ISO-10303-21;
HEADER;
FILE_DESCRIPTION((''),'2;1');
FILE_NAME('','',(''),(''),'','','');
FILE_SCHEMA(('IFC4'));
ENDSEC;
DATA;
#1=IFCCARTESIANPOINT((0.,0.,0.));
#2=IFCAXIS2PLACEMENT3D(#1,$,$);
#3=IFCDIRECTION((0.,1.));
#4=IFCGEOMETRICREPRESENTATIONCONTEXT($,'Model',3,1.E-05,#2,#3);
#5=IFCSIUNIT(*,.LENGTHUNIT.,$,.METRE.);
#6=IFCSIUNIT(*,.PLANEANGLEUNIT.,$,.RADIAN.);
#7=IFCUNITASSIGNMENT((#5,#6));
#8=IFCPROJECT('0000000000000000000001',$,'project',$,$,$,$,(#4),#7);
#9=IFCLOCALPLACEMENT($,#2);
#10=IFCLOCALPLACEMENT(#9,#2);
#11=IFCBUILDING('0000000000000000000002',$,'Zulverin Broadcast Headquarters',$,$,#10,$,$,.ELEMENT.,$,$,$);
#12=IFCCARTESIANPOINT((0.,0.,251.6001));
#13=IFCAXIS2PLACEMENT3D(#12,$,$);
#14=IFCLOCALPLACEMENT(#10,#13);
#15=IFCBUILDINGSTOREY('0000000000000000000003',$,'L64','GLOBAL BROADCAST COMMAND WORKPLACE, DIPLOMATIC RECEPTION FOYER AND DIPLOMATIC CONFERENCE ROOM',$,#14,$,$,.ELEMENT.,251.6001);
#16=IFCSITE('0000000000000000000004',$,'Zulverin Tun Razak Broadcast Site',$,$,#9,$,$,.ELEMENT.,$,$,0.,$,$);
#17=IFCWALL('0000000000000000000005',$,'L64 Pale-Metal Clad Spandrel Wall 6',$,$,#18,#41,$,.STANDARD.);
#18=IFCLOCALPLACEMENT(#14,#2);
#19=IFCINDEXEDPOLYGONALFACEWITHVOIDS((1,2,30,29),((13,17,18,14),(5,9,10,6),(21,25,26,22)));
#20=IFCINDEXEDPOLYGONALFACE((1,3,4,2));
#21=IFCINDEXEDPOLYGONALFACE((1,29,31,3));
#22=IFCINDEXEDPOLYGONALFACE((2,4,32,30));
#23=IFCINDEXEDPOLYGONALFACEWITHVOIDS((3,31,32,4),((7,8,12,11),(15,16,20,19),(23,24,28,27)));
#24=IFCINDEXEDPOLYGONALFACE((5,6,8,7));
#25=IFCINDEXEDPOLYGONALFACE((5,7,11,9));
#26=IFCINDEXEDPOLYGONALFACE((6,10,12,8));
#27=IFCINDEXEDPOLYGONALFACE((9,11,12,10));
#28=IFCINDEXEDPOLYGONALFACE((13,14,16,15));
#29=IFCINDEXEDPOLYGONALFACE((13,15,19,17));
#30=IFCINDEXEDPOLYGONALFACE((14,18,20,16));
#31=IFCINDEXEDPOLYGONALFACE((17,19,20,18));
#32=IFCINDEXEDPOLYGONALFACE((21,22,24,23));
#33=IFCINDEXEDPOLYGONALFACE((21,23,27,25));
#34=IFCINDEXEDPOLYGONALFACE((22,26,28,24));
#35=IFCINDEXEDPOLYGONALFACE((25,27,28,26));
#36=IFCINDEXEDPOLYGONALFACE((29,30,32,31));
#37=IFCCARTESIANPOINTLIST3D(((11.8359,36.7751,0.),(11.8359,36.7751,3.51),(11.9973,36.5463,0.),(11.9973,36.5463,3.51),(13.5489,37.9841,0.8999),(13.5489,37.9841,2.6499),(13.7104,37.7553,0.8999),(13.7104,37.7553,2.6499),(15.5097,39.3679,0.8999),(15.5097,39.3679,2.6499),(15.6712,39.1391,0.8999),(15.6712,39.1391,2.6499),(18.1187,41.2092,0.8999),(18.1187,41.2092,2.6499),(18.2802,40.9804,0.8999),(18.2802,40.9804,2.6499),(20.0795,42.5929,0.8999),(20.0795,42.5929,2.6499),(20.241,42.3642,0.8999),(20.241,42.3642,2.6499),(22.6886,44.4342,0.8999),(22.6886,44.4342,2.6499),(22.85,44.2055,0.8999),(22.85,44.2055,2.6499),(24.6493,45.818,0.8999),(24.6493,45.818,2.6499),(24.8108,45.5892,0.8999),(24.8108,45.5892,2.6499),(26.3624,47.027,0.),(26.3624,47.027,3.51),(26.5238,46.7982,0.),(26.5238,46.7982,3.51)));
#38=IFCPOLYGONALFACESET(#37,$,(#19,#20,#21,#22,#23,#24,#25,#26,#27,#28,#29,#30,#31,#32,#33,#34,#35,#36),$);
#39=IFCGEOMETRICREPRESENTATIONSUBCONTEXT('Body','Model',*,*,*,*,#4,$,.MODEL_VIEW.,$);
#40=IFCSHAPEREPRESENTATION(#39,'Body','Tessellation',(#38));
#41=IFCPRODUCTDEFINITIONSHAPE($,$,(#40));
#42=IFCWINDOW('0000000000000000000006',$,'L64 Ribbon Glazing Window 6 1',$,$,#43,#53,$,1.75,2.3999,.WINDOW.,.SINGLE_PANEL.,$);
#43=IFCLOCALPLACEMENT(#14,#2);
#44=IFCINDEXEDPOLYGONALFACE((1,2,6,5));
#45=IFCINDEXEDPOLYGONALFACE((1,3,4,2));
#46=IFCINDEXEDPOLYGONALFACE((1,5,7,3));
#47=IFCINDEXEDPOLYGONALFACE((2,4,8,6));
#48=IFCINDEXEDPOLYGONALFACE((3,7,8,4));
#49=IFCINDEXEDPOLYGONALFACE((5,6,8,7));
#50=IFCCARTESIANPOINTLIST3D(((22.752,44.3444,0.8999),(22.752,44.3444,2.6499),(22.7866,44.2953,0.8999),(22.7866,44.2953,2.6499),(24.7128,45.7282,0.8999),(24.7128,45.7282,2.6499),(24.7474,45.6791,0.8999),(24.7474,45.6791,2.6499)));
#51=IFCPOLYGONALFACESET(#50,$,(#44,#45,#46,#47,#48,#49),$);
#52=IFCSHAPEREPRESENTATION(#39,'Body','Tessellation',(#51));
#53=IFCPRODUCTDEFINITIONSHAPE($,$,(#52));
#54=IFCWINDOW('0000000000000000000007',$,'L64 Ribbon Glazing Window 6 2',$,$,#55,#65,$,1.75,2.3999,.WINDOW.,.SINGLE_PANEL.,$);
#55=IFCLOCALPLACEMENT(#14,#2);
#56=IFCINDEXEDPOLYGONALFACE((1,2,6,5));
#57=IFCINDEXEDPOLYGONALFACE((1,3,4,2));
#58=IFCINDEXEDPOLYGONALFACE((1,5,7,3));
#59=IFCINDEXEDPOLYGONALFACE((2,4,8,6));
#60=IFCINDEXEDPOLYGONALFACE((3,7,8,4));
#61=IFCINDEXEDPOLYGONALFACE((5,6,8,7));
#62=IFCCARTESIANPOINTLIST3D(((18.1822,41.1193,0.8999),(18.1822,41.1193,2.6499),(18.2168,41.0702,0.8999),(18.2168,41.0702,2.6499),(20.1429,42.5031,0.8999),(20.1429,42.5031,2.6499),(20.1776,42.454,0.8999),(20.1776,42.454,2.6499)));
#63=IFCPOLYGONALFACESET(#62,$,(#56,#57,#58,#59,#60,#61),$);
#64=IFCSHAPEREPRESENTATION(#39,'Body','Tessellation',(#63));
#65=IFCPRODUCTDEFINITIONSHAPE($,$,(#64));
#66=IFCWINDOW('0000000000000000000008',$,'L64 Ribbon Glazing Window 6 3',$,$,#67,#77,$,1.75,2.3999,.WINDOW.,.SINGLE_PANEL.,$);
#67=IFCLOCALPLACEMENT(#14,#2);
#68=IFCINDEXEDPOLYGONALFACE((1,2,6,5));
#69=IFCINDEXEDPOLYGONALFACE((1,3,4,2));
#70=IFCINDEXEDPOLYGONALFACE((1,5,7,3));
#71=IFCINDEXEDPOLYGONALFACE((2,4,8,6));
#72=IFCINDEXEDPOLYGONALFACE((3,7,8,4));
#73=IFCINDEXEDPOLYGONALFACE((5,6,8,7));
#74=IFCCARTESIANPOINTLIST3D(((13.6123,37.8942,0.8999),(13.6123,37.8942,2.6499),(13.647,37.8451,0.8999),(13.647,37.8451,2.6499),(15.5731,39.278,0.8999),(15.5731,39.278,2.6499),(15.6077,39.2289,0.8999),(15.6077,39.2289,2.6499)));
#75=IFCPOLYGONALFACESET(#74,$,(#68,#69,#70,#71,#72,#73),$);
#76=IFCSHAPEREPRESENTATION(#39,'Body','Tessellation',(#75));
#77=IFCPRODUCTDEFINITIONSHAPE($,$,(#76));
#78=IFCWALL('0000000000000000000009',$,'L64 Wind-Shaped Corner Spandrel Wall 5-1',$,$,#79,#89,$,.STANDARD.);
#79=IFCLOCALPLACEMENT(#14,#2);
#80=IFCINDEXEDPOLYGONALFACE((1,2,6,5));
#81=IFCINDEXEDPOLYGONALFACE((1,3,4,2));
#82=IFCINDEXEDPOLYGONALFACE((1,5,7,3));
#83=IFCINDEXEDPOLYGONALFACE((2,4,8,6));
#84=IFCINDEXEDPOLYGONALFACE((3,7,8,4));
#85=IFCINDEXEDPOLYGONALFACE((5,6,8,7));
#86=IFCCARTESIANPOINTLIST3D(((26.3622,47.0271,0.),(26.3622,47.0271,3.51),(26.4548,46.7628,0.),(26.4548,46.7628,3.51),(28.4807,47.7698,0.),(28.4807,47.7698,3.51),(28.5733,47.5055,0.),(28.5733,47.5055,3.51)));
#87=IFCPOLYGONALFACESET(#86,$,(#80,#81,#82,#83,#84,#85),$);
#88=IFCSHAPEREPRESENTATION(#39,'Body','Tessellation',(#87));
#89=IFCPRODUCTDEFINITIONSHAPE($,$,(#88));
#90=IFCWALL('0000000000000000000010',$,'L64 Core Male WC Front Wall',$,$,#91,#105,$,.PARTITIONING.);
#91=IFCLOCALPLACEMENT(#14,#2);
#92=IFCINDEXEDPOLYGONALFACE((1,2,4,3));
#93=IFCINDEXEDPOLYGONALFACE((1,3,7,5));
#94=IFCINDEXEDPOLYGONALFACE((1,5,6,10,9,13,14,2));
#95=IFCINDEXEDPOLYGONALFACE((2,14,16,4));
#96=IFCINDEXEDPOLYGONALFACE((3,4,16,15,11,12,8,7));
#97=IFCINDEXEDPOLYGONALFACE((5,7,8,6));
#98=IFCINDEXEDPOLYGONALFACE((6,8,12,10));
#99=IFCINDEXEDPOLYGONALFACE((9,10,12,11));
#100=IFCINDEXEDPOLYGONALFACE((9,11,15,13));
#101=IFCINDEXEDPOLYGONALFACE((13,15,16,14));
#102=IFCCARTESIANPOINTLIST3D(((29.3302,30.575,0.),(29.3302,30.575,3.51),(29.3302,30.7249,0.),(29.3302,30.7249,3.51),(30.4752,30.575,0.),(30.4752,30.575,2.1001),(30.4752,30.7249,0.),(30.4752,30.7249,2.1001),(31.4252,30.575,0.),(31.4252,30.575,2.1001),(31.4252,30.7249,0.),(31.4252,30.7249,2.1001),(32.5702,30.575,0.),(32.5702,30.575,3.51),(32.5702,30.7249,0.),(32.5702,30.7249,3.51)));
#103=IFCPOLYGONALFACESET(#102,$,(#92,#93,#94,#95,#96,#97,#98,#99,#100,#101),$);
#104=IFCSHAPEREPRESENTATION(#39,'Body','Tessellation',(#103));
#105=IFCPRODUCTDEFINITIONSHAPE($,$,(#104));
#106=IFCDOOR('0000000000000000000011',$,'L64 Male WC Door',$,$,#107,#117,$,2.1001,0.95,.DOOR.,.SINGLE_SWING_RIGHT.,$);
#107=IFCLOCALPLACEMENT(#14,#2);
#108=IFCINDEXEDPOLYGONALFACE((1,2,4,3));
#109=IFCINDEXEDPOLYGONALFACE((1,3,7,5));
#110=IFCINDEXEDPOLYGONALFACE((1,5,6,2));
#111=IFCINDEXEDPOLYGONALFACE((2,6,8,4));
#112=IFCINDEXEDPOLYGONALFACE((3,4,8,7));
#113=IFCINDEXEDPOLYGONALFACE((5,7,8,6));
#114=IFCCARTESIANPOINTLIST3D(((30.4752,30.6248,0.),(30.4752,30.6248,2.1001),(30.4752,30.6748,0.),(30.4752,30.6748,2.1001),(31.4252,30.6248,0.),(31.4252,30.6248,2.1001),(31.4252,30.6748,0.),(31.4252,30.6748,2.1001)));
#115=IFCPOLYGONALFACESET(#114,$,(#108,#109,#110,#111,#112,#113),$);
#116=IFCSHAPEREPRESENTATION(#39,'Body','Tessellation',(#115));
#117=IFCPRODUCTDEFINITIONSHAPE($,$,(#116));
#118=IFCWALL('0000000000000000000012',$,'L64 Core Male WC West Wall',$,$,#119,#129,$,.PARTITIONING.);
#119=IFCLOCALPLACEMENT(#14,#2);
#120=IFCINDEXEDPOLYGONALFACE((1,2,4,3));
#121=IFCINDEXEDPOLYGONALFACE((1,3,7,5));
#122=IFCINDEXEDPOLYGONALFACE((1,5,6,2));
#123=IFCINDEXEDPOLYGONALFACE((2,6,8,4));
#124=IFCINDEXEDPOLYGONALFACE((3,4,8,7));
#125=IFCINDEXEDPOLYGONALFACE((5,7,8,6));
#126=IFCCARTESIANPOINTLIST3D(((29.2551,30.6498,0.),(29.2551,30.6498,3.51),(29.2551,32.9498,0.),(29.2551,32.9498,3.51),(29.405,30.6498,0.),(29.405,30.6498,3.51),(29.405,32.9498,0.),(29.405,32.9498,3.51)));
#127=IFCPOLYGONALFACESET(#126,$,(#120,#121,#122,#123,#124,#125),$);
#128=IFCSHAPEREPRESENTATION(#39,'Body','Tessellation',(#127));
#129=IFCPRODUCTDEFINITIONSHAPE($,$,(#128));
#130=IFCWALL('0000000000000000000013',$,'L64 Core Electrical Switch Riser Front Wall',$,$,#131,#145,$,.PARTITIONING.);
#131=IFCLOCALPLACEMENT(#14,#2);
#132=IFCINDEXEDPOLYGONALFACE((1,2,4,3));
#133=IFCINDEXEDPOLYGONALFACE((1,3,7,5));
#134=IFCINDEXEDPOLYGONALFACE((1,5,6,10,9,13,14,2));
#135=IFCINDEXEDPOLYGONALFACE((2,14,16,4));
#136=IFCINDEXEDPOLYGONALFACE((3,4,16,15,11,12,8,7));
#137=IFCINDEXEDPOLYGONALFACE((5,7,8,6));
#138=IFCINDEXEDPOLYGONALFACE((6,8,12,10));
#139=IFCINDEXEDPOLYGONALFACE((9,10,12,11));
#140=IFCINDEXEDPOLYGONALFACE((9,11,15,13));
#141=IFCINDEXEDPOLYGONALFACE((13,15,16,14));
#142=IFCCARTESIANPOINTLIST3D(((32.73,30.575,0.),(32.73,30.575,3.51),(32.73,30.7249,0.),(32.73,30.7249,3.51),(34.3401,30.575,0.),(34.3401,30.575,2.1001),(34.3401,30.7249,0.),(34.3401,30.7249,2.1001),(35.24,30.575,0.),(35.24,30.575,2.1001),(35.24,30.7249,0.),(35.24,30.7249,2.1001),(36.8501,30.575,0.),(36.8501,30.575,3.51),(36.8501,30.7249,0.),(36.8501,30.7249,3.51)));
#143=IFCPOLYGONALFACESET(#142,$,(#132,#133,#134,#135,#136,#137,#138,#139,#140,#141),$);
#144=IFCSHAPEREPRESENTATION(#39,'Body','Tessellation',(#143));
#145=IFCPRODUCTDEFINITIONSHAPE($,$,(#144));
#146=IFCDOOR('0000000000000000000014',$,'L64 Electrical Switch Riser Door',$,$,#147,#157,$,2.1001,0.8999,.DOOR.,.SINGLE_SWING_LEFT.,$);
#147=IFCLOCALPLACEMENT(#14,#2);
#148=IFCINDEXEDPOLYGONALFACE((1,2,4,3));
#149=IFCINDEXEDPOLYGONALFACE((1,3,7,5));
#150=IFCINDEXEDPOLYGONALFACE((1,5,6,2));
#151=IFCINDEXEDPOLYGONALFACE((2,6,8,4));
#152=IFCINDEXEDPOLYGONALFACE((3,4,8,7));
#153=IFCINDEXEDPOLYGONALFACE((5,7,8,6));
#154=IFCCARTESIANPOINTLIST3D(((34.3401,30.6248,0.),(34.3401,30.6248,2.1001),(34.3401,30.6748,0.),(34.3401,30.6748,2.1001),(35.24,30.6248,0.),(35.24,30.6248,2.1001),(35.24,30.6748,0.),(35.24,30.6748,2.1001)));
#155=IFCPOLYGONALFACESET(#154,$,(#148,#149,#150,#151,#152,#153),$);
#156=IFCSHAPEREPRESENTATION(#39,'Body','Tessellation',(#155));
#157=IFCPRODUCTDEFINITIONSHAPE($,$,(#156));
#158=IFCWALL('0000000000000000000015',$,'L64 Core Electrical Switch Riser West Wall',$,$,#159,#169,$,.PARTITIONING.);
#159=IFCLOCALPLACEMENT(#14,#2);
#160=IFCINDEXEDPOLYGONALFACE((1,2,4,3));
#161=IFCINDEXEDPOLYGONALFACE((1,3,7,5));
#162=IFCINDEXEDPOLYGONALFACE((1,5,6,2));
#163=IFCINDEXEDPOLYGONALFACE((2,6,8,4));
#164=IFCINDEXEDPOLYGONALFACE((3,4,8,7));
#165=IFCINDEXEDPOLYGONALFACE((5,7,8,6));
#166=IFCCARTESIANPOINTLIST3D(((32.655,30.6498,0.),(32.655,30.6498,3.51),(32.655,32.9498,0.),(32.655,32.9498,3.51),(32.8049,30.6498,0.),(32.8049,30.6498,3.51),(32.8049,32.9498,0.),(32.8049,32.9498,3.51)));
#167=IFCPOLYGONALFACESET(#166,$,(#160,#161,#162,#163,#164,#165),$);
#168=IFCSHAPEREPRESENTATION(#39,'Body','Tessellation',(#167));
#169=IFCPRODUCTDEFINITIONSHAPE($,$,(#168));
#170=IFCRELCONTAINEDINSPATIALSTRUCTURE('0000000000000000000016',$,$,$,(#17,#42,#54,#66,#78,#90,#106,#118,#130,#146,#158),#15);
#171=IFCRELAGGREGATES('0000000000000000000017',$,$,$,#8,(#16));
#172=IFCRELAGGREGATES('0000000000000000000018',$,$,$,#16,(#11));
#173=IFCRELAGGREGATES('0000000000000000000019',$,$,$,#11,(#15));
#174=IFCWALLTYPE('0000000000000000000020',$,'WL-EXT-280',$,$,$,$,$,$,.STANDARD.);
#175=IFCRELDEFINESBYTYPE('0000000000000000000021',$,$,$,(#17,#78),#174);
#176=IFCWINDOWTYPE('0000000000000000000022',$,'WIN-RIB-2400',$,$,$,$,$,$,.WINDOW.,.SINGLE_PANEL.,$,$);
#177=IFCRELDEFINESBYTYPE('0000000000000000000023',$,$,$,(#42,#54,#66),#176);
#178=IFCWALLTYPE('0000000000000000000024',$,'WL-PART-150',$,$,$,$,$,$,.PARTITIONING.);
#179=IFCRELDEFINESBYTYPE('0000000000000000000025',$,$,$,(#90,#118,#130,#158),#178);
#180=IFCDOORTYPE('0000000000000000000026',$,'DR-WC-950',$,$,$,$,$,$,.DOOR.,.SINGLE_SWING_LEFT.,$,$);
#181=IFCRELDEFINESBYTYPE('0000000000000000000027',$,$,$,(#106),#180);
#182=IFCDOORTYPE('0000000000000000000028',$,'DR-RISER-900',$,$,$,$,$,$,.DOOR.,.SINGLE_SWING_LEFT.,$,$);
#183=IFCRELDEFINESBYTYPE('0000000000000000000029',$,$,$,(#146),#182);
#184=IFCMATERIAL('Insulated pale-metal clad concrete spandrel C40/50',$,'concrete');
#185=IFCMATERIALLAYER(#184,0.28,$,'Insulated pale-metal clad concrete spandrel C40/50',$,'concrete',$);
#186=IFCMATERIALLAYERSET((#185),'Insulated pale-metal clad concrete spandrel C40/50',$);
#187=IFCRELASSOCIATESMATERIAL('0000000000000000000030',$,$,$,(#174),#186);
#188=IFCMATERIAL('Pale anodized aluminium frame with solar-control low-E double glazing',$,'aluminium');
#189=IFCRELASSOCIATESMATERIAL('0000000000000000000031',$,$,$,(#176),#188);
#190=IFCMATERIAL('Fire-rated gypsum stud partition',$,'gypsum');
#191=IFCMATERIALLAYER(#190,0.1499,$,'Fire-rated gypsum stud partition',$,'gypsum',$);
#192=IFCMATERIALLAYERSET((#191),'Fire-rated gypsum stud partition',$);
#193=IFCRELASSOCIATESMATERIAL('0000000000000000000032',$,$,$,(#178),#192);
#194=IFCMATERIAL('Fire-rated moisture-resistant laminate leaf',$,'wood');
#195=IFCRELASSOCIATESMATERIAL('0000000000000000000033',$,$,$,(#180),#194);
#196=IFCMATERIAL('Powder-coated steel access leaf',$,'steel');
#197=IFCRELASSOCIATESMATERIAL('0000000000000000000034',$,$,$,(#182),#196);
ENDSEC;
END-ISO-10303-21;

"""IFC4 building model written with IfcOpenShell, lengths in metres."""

from ifc_helpers import new_model, si_unit, direction, frame, frame_2d, origin, place, context, subcontext, project, spatial, rectangle, extrude, material, layer, layer_set, type_object, element, fill, save


model = new_model("IFC4")

# Units and contexts
model_context = context("Model", 3, precision=1e-05, world=origin(), true_north=direction((0.0, 1.0)))
body_context = subcontext(model_context, "Body", "Model", "MODEL_VIEW")
ifc_project = project(units=[si_unit("LENGTHUNIT", "METRE"), si_unit("PLANEANGLEUNIT", "RADIAN")], contexts=[model_context])

# Site, building, storey
site_placement = place(None, origin())
site = spatial("IfcSite", under=ifc_project, at=site_placement, Name="Zulverin Tun Razak Broadcast Site", CompositionType="ELEMENT", RefElevation=0.0)
building_placement = place(site_placement, origin())
building = spatial("IfcBuilding", under=site, at=building_placement, Name="Zulverin Broadcast Headquarters", CompositionType="ELEMENT")
storey_placement = place(building_placement, frame((0.0, 0.0, 251.6001)))
storey = spatial("IfcBuildingStorey", under=building, at=storey_placement, Name="L64", Description="GLOBAL BROADCAST COMMAND WORKPLACE, DIPLOMATIC RECEPTION FOYER AND DIPLOMATIC CONFERENCE ROOM", CompositionType="ELEMENT", Elevation=251.6001)

# Wall, openings, windows
ifc_material_1 = material(Name="Insulated pale-metal clad concrete spandrel C40/50", Category="concrete")
ifc_layer_1 = layer(ifc_material_1, 0.28, Name="Insulated pale-metal clad concrete spandrel C40/50", Category="concrete")
ifc_layer_set_1 = layer_set([ifc_layer_1], Name="Insulated pale-metal clad concrete spandrel C40/50")
wall_type_1 = type_object("IfcWallType", Name="WL-EXT-280", PredefinedType="STANDARD", material=ifc_layer_set_1)
wall_1_placement = place(storey_placement, frame((26.4431, 46.9126, 0.0), z_axis=(0.0, 0.0, 1.0), x_axis=(-0.817024, -0.576603, 0.0)))
wall_1 = element("IfcWall", 1, at=wall_1_placement, inside=storey, type_object=wall_type_1, Name="L64 Pale-Metal Clad Spandrel Wall 6", PredefinedType="STANDARD", context=body_context, shape_type="SweptSolid", body=[
    extrude(rectangle(XDim=17.7798, YDim=0.28, at=frame_2d((8.8899, 0.0))), origin(), (0.0, 0.0, 1.0), 3.51),
])
opening_1_placement = place(wall_1_placement, frame((2.0967, 0.0, 0.8999)))
opening_1 = element("IfcOpeningElement", 2, at=opening_1_placement, cuts=wall_1, PredefinedType="OPENING", context=body_context, shape_type="SweptSolid", body=[
    extrude(rectangle(XDim=2.3999, YDim=1.75, at=frame_2d((1.2, 0.875))), frame((0.0, 0.1499, 0.0), z_axis=(0.0, -1.0, 0.0), x_axis=(1.0, 0.0, 0.0)), (0.0, 0.0, 1.0), 0.3),
])
opening_2_placement = place(wall_1_placement, frame((7.6899, 0.0, 0.8999)))
opening_2 = element("IfcOpeningElement", 3, at=opening_2_placement, cuts=wall_1, PredefinedType="OPENING", context=body_context, shape_type="SweptSolid", body=[
    extrude(rectangle(XDim=2.3999, YDim=1.75, at=frame_2d((1.2, 0.875))), frame((0.0, 0.1499, 0.0), z_axis=(0.0, -1.0, 0.0), x_axis=(1.0, 0.0, 0.0)), (0.0, 0.0, 1.0), 0.3),
])
opening_3_placement = place(wall_1_placement, frame((13.2832, 0.0, 0.8999)))
opening_3 = element("IfcOpeningElement", 4, at=opening_3_placement, cuts=wall_1, PredefinedType="OPENING", context=body_context, shape_type="SweptSolid", body=[
    extrude(rectangle(XDim=2.3999, YDim=1.75, at=frame_2d((1.2, 0.875))), frame((0.0, 0.1499, 0.0), z_axis=(0.0, -1.0, 0.0), x_axis=(1.0, 0.0, 0.0)), (0.0, 0.0, 1.0), 0.3),
])
ifc_material_2 = material(Name="Pale anodized aluminium frame with solar-control low-E double glazing", Category="aluminium")
window_type = type_object("IfcWindowType", Name="WIN-RIB-2400", PartitioningType="SINGLE_PANEL", PredefinedType="WINDOW", material=ifc_material_2)
window_1_placement = place(opening_1_placement, origin())
window_1 = element("IfcWindow", 5, at=window_1_placement, inside=storey, type_object=window_type, Name="L64 Ribbon Glazing Window 6 1", OverallHeight=1.75, OverallWidth=2.3999, PartitioningType="SINGLE_PANEL", PredefinedType="WINDOW", context=body_context, shape_type="SweptSolid", body=[
    extrude(rectangle(XDim=2.3999, YDim=1.75, at=frame_2d((1.2, 0.875))), frame((0.0, 0.03, 0.0), z_axis=(0.0, -1.0, 0.0), x_axis=(1.0, 0.0, 0.0)), (0.0, 0.0, 1.0), 0.0601),
])
fill(opening_1, window_1)
window_2_placement = place(opening_2_placement, origin())
window_2 = element("IfcWindow", 6, at=window_2_placement, inside=storey, type_object=window_type, Name="L64 Ribbon Glazing Window 6 2", OverallHeight=1.75, OverallWidth=2.3999, PartitioningType="SINGLE_PANEL", PredefinedType="WINDOW", context=body_context, shape_type="SweptSolid", body=[
    extrude(rectangle(XDim=2.3999, YDim=1.75, at=frame_2d((1.2, 0.875))), frame((0.0, 0.03, 0.0), z_axis=(0.0, -1.0, 0.0), x_axis=(1.0, 0.0, 0.0)), (0.0, 0.0, 1.0), 0.0601),
])
fill(opening_2, window_2)
window_3_placement = place(opening_3_placement, origin())
window_3 = element("IfcWindow", 7, at=window_3_placement, inside=storey, type_object=window_type, Name="L64 Ribbon Glazing Window 6 3", OverallHeight=1.75, OverallWidth=2.3999, PartitioningType="SINGLE_PANEL", PredefinedType="WINDOW", context=body_context, shape_type="SweptSolid", body=[
    extrude(rectangle(XDim=2.3999, YDim=1.75, at=frame_2d((1.2, 0.875))), frame((0.0, 0.03, 0.0), z_axis=(0.0, -1.0, 0.0), x_axis=(1.0, 0.0, 0.0)), (0.0, 0.0, 1.0), 0.0601),
])
fill(opening_3, window_3)

# Wall
wall_2_placement = place(storey_placement, frame((28.5271, 47.6377, 0.0), z_axis=(0.0, 0.0, 1.0), x_axis=(-0.943687, -0.33084, 0.0)))
element("IfcWall", 8, at=wall_2_placement, inside=storey, type_object=wall_type_1, Name="L64 Wind-Shaped Corner Spandrel Wall 5-1", PredefinedType="STANDARD", context=body_context, shape_type="SweptSolid", body=[
    extrude(rectangle(XDim=2.2449, YDim=0.28, at=frame_2d((1.1226, 0.0))), origin(), (0.0, 0.0, 1.0), 3.51),
])

# Wall, opening, door
ifc_material_3 = material(Name="Fire-rated gypsum stud partition", Category="gypsum")
ifc_layer_2 = layer(ifc_material_3, 0.1499, Name="Fire-rated gypsum stud partition", Category="gypsum")
ifc_layer_set_2 = layer_set([ifc_layer_2], Name="Fire-rated gypsum stud partition")
wall_type_2 = type_object("IfcWallType", Name="WL-PART-150", PredefinedType="PARTITIONING", material=ifc_layer_set_2)
wall_3_placement = place(storey_placement, frame((29.3301, 30.6499, 0.0), z_axis=(0.0, 0.0, 1.0), x_axis=(1.0, 0.0, 0.0)))
wall_3 = element("IfcWall", 9, at=wall_3_placement, inside=storey, type_object=wall_type_2, Name="L64 Core Male WC Front Wall", PredefinedType="PARTITIONING", context=body_context, shape_type="SweptSolid", body=[
    extrude(rectangle(XDim=3.24, YDim=0.1499, at=frame_2d((1.6201, 0.0))), origin(), (0.0, 0.0, 1.0), 3.51),
])
opening_4_placement = place(wall_3_placement, frame((1.145, 0.0, 0.0)))
opening_4 = element("IfcOpeningElement", 10, at=opening_4_placement, cuts=wall_3, PredefinedType="OPENING", context=body_context, shape_type="SweptSolid", body=[
    extrude(rectangle(XDim=0.95, YDim=2.1001, at=frame_2d((0.4751, 1.05))), frame((0.0, 0.085, 0.0), z_axis=(0.0, -1.0, 0.0), x_axis=(1.0, 0.0, 0.0)), (0.0, 0.0, 1.0), 0.1699),
])
ifc_material_4 = material(Name="Fire-rated moisture-resistant laminate leaf", Category="wood")
door_type_1 = type_object("IfcDoorType", Name="DR-WC-950", OperationType="SINGLE_SWING_LEFT", PredefinedType="DOOR", material=ifc_material_4)
door_1_placement = place(opening_4_placement, origin())
door_1 = element("IfcDoor", 11, at=door_1_placement, inside=storey, type_object=door_type_1, Name="L64 Male WC Door", OperationType="SINGLE_SWING_RIGHT", OverallHeight=2.1001, OverallWidth=0.95, PredefinedType="DOOR", context=body_context, shape_type="SweptSolid", body=[
    extrude(rectangle(XDim=0.95, YDim=2.1001, at=frame_2d((0.4751, 1.05))), frame((0.0, 0.0249, 0.0), z_axis=(0.0, -1.0, 0.0), x_axis=(1.0, 0.0, 0.0)), (0.0, 0.0, 1.0), 0.05),
])
fill(opening_4, door_1)

# Wall
wall_4_placement = place(storey_placement, frame((29.3301, 30.6499, 0.0), z_axis=(0.0, 0.0, 1.0), x_axis=(0.0, 1.0, 0.0)))
element("IfcWall", 12, at=wall_4_placement, inside=storey, type_object=wall_type_2, Name="L64 Core Male WC West Wall", PredefinedType="PARTITIONING", context=body_context, shape_type="SweptSolid", body=[
    extrude(rectangle(XDim=2.3, YDim=0.1499, at=frame_2d((1.1499, 0.0))), origin(), (0.0, 0.0, 1.0), 3.51),
])

# Wall, opening, door
wall_5_placement = place(storey_placement, frame((32.73, 30.6499, 0.0), z_axis=(0.0, 0.0, 1.0), x_axis=(1.0, 0.0, 0.0)))
wall_5 = element("IfcWall", 13, at=wall_5_placement, inside=storey, type_object=wall_type_2, Name="L64 Core Electrical Switch Riser Front Wall", PredefinedType="PARTITIONING", context=body_context, shape_type="SweptSolid", body=[
    extrude(rectangle(XDim=4.1201, YDim=0.1499, at=frame_2d((2.0601, 0.0))), origin(), (0.0, 0.0, 1.0), 3.51),
])
opening_5_placement = place(wall_5_placement, frame((1.6101, 0.0, 0.0)))
opening_5 = element("IfcOpeningElement", 14, at=opening_5_placement, cuts=wall_5, PredefinedType="OPENING", context=body_context, shape_type="SweptSolid", body=[
    extrude(rectangle(XDim=0.8999, YDim=2.1001, at=frame_2d((0.45, 1.05))), frame((0.0, 0.085, 0.0), z_axis=(0.0, -1.0, 0.0), x_axis=(1.0, 0.0, 0.0)), (0.0, 0.0, 1.0), 0.1699),
])
ifc_material_5 = material(Name="Powder-coated steel access leaf", Category="steel")
door_type_2 = type_object("IfcDoorType", Name="DR-RISER-900", OperationType="SINGLE_SWING_LEFT", PredefinedType="DOOR", material=ifc_material_5)
door_2_placement = place(opening_5_placement, origin())
door_2 = element("IfcDoor", 15, at=door_2_placement, inside=storey, type_object=door_type_2, Name="L64 Electrical Switch Riser Door", OperationType="SINGLE_SWING_LEFT", OverallHeight=2.1001, OverallWidth=0.8999, PredefinedType="DOOR", context=body_context, shape_type="SweptSolid", body=[
    extrude(rectangle(XDim=0.8999, YDim=2.1001, at=frame_2d((0.45, 1.05))), frame((0.0, 0.0249, 0.0), z_axis=(0.0, -1.0, 0.0), x_axis=(1.0, 0.0, 0.0)), (0.0, 0.0, 1.0), 0.05),
])
fill(opening_5, door_2)

# Wall
for number, where, z_axis, x_axis, name in (
    (16, (32.73, 30.6499, 0.0), (0.0, 0.0, 1.0), (0.0, 1.0, 0.0), "L64 Core Electrical Switch Riser West Wall"),
):
    element("IfcWall", number, at=place(storey_placement, frame(where, z_axis=z_axis, x_axis=x_axis)), inside=storey, type_object=wall_type_2, Name=name, PredefinedType="PARTITIONING", context=body_context, shape_type="SweptSolid", body=[
        extrude(rectangle(XDim=2.3, YDim=0.1499, at=frame_2d((1.1499, 0.0))), origin(), (0.0, 0.0, 1.0), 3.51),
    ])

save(model, "model.ifc")
